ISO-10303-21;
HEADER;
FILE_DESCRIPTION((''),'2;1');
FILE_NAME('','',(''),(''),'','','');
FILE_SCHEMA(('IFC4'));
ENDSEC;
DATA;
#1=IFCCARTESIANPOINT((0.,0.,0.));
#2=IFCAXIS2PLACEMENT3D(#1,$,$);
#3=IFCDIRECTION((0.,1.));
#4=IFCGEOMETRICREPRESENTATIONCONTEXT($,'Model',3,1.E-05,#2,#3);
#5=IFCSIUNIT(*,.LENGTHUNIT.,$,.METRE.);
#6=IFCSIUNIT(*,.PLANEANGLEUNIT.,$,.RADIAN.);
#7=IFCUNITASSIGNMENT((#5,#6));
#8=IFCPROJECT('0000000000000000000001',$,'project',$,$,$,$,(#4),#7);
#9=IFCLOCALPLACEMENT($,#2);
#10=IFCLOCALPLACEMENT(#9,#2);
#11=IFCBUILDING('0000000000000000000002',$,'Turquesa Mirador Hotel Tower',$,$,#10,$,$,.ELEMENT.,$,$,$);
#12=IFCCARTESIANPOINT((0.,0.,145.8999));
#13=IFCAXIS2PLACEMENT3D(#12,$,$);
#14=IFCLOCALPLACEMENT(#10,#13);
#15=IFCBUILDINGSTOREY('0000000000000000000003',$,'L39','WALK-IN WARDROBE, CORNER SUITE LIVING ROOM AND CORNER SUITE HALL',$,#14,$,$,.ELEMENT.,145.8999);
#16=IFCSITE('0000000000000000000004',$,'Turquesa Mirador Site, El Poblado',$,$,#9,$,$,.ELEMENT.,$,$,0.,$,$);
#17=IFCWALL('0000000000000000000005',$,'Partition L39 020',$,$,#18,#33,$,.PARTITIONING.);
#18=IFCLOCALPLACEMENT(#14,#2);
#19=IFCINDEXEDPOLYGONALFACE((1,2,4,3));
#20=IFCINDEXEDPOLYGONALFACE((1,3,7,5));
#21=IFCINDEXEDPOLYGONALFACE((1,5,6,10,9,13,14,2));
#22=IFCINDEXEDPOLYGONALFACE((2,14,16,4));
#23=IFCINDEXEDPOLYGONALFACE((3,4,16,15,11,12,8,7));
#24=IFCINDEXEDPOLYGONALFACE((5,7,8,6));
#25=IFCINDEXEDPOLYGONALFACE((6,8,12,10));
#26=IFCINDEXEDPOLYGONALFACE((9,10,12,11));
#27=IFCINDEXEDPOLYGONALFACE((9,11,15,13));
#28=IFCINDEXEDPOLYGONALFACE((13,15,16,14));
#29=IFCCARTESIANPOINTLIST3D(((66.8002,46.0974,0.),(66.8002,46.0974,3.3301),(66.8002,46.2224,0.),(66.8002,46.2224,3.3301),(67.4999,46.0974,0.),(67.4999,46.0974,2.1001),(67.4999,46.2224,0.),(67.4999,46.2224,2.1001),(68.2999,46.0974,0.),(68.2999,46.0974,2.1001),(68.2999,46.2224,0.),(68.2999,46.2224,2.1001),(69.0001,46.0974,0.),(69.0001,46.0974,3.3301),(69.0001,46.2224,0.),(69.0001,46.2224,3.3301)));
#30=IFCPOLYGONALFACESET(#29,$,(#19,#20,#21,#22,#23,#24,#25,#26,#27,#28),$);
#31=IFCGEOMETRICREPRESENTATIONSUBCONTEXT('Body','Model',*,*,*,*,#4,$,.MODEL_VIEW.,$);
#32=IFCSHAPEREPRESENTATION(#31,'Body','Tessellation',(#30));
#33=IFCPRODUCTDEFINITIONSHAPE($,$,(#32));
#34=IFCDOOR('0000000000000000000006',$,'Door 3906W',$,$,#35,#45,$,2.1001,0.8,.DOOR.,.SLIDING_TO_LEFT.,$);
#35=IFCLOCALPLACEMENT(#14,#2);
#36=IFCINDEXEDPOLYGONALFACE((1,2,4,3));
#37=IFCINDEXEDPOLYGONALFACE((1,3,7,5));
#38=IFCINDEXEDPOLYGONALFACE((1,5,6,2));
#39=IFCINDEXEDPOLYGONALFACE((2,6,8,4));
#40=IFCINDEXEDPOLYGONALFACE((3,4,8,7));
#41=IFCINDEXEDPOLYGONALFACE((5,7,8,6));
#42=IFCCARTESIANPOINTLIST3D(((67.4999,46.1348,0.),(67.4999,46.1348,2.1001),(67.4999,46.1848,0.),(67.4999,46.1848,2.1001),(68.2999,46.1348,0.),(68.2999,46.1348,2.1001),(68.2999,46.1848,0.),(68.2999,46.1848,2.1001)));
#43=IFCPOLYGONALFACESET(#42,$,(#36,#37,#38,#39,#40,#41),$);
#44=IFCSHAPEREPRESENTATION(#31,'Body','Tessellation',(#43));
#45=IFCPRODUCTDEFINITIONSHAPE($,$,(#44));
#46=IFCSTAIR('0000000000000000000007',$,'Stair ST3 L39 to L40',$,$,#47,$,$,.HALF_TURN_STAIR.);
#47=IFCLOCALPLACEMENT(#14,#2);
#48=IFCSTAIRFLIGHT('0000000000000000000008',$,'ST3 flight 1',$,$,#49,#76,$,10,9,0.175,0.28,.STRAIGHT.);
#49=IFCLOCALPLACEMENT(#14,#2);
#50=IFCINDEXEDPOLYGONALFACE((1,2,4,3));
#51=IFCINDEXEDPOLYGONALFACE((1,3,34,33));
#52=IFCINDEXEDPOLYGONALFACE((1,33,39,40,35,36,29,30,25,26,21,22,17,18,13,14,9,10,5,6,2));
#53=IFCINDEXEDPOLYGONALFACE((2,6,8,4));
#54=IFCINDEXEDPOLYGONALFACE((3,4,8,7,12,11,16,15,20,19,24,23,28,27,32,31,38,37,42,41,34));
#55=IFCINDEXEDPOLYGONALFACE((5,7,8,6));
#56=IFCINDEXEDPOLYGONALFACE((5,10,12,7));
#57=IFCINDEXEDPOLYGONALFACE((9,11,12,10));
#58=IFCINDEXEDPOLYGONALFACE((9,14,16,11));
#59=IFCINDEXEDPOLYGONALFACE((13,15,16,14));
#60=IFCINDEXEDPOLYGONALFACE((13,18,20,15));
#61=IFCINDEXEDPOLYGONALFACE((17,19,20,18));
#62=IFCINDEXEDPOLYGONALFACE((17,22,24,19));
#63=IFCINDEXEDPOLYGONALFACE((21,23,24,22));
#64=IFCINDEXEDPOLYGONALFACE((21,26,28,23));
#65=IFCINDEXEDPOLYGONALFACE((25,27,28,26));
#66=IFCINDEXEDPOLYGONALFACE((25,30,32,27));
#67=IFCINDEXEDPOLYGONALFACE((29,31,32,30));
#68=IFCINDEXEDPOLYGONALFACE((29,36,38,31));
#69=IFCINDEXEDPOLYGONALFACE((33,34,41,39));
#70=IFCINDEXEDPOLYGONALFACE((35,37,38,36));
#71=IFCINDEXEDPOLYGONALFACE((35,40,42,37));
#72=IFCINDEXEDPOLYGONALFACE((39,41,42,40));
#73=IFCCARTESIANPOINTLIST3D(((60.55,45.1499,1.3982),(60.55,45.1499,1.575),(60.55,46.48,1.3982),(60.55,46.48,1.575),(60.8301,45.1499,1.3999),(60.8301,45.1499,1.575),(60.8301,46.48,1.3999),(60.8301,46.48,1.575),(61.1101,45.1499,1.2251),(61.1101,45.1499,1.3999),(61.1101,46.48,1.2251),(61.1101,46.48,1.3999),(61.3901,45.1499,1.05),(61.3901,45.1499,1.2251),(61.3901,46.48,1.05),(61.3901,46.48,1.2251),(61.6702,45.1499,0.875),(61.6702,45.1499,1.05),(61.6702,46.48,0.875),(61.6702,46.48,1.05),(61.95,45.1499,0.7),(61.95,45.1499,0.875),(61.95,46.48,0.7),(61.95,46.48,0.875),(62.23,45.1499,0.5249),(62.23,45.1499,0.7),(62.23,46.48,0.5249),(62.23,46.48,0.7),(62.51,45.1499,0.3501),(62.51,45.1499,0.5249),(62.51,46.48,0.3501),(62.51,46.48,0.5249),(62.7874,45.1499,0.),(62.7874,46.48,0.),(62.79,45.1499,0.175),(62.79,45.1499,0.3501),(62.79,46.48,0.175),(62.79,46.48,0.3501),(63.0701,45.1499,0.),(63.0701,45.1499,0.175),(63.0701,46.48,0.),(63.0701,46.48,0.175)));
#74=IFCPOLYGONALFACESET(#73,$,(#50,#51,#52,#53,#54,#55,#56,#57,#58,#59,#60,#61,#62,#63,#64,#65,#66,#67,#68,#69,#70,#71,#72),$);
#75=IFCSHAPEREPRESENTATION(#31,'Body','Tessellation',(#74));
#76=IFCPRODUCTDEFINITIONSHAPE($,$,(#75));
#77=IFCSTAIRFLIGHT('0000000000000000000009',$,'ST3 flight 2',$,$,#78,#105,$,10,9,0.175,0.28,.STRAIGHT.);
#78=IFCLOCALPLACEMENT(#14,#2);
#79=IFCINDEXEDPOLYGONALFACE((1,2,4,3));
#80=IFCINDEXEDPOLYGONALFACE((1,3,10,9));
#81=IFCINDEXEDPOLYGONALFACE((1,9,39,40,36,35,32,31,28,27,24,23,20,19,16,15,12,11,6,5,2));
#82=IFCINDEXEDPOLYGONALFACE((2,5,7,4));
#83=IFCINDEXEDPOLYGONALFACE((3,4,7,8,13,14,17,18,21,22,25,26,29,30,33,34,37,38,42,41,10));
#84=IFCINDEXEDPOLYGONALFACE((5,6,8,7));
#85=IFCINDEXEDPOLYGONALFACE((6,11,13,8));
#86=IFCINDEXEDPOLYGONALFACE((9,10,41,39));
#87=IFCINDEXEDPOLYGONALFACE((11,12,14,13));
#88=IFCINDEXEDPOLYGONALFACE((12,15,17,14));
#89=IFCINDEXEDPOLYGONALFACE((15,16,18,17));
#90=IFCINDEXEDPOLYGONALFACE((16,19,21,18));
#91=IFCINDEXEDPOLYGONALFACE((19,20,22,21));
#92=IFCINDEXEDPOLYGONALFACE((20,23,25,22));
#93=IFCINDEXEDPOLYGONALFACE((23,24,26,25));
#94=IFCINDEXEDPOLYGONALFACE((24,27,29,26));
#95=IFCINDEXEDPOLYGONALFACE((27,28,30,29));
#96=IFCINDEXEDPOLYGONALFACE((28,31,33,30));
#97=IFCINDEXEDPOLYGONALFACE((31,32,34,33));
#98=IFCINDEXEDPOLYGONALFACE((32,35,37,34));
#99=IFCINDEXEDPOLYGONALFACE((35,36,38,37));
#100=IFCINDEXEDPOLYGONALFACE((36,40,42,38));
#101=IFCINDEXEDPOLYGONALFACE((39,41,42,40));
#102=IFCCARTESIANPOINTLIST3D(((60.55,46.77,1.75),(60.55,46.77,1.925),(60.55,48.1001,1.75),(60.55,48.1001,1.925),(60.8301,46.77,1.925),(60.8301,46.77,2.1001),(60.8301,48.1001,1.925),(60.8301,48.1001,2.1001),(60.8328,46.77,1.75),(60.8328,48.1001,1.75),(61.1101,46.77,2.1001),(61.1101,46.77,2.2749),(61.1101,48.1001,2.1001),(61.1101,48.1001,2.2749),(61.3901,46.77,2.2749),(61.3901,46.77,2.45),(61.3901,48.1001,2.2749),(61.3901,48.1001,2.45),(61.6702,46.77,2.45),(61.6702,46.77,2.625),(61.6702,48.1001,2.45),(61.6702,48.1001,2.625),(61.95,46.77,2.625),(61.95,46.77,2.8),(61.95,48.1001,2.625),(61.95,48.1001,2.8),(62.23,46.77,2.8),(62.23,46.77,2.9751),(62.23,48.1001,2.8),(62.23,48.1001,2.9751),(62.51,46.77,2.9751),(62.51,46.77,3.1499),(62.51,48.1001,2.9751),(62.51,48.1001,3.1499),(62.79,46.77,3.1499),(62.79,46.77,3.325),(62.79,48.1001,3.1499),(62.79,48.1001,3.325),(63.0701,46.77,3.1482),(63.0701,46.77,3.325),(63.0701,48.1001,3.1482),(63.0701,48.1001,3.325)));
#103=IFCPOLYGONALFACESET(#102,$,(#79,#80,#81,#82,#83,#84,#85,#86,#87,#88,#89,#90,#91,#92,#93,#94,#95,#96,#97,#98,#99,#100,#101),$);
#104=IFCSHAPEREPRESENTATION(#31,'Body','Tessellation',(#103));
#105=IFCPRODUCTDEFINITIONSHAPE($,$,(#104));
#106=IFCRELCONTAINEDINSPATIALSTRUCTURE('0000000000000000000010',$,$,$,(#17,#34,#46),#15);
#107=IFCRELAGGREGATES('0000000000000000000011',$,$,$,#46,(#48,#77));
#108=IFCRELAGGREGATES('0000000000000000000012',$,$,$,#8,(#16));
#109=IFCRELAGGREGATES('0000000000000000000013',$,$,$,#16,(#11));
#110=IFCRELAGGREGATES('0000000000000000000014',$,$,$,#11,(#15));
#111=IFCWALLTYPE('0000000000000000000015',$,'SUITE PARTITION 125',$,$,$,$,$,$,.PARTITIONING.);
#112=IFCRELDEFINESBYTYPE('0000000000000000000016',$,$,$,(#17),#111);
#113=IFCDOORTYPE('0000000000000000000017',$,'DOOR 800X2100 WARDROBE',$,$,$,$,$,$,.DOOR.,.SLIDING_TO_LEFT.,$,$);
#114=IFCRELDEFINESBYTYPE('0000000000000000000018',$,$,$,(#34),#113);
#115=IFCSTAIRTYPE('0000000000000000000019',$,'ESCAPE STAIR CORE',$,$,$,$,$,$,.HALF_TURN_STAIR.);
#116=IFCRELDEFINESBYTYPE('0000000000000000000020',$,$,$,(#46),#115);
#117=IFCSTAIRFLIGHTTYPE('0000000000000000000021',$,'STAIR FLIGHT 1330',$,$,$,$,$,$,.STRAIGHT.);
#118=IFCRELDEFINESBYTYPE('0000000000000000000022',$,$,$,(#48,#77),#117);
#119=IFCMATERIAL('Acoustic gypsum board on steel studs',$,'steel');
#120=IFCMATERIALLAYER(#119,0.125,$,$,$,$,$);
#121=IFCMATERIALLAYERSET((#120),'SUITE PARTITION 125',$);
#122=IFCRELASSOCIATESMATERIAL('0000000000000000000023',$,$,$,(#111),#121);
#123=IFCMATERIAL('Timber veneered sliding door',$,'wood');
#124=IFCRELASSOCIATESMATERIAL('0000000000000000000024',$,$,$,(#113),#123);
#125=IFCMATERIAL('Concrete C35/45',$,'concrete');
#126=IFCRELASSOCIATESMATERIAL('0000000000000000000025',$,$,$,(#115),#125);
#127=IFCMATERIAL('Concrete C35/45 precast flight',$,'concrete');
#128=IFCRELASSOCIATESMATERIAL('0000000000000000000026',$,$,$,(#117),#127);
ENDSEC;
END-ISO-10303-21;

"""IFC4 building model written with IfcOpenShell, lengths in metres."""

from ifc_helpers import new_model, si_unit, direction, frame, frame_2d, origin, place, context, subcontext, project, spatial, polyline, rectangle, outline, extrude, material, layer, layer_set, type_object, element, fill, aggregate, save


model = new_model("IFC4")

# Units and contexts
model_context = context("Model", 3, precision=1e-05, world=origin(), true_north=direction((0.0, 1.0)))
body_context = subcontext(model_context, "Body", "Model", "MODEL_VIEW")
ifc_project = project(units=[si_unit("LENGTHUNIT", "METRE"), si_unit("PLANEANGLEUNIT", "RADIAN")], contexts=[model_context])

# Site, building, storey
site_placement = place(None, origin())
site = spatial("IfcSite", under=ifc_project, at=site_placement, Name="Turquesa Mirador Site, El Poblado", CompositionType="ELEMENT", RefElevation=0.0)
building_placement = place(site_placement, origin())
building = spatial("IfcBuilding", under=site, at=building_placement, Name="Turquesa Mirador Hotel Tower", CompositionType="ELEMENT")
storey_placement = place(building_placement, frame((0.0, 0.0, 145.8999)))
storey = spatial("IfcBuildingStorey", under=building, at=storey_placement, Name="L39", Description="WALK-IN WARDROBE, CORNER SUITE LIVING ROOM AND CORNER SUITE HALL", CompositionType="ELEMENT", Elevation=145.8999)

# Wall, opening, door
ifc_material_1 = material(Name="Acoustic gypsum board on steel studs", Category="steel")
ifc_layer_1 = layer(ifc_material_1, 0.125)
ifc_layer_set_1 = layer_set([ifc_layer_1], Name="SUITE PARTITION 125")
wall_type_1 = type_object("IfcWallType", Name="SUITE PARTITION 125", PredefinedType="PARTITIONING", material=ifc_layer_set_1)
wall_1_placement = place(storey_placement, frame((66.8, 46.1599, 0.0), z_axis=(0.0, 0.0, 1.0), x_axis=(1.0, 0.0, 0.0)))
wall_1 = element("IfcWall", 1, at=wall_1_placement, inside=storey, type_object=wall_type_1, Name="Partition L39 020", PredefinedType="PARTITIONING", context=body_context, shape_type="SweptSolid", body=[
    extrude(rectangle(XDim=2.2, YDim=0.125, at=frame_2d((1.1001, 0.0))), origin(), (0.0, 0.0, 1.0), 3.3301),
])
opening_1_placement = place(wall_1_placement, frame((0.7, 0.0, 0.0)))
opening_1 = element("IfcOpeningElement", 2, at=opening_1_placement, cuts=wall_1, PredefinedType="OPENING", context=body_context, shape_type="SweptSolid", body=[
    extrude(rectangle(XDim=0.8, YDim=2.1001, at=frame_2d((0.3999, 1.05))), frame((0.0, 0.0725, 0.0), z_axis=(0.0, -1.0, 0.0), x_axis=(1.0, 0.0, 0.0)), (0.0, 0.0, 1.0), 0.145),
])
ifc_material_2 = material(Name="Timber veneered sliding door", Category="wood")
door_type_1 = type_object("IfcDoorType", Name="DOOR 800X2100 WARDROBE", OperationType="SLIDING_TO_LEFT", PredefinedType="DOOR", material=ifc_material_2)
door_1_placement = place(opening_1_placement, origin())
door_1 = element("IfcDoor", 3, at=door_1_placement, inside=storey, type_object=door_type_1, Name="Door 3906W", OperationType="SLIDING_TO_LEFT", OverallHeight=2.1001, OverallWidth=0.8, PredefinedType="DOOR", context=body_context, shape_type="SweptSolid", body=[
    extrude(rectangle(XDim=0.8, YDim=2.1001, at=frame_2d((0.3999, 1.05))), frame((0.0, 0.0249, 0.0), z_axis=(0.0, -1.0, 0.0), x_axis=(1.0, 0.0, 0.0)), (0.0, 0.0, 1.0), 0.05),
])
fill(opening_1, door_1)

# Stair, stair flights
ifc_material_3 = material(Name="Concrete C35/45", Category="concrete")
stair_type = type_object("IfcStairType", Name="ESCAPE STAIR CORE", PredefinedType="HALF_TURN_STAIR", material=ifc_material_3)
stair_placement = place(storey_placement, origin())
stair = element("IfcStair", 4, at=stair_placement, inside=storey, type_object=stair_type, Name="Stair ST3 L39 to L40", PredefinedType="HALF_TURN_STAIR")
ifc_material_4 = material(Name="Concrete C35/45 precast flight", Category="concrete")
stair_flight_type = type_object("IfcStairFlightType", Name="STAIR FLIGHT 1330", PredefinedType="STRAIGHT", material=ifc_material_4)
stair_flight_1_placement = place(storey_placement, frame((63.0701, 45.8149, 0.0), z_axis=(0.0, 0.0, 1.0), x_axis=(-1.0, 0.0, 0.0)))
stair_flight_1 = element("IfcStairFlight", 5, at=stair_flight_1_placement, type_object=stair_flight_type, Name="ST3 flight 1", NumberOfRisers=10, NumberOfTreads=9, PredefinedType="STRAIGHT", RiserHeight=0.175, TreadLength=0.28, context=body_context, shape_type="SweptSolid", body=[
    extrude(outline(polyline([(0.0, 0.0), (0.0, 0.175), (0.28, 0.175), (0.28, 0.3501), (0.5601, 0.3501), (0.5601, 0.5249), (0.8401, 0.5249), (0.8401, 0.7), (1.1201, 0.7), (1.1201, 0.875), (1.3999, 0.875), (1.3999, 1.05), (1.6799, 1.05), (1.6799, 1.2251), (1.96, 1.2251), (1.96, 1.3999), (2.24, 1.3999), (2.24, 1.575), (2.52, 1.575), (2.52, 1.75), (2.52, 1.3982), (0.2827, 0.0), (0.0, 0.0)])), frame((0.0, 0.665, 0.0), z_axis=(0.0, -1.0, 0.0), x_axis=(1.0, 0.0, 0.0)), (0.0, 0.0, 1.0), 1.3301),
])
stair_flight_2_placement = place(storey_placement, frame((60.55, 47.4351, 1.75), z_axis=(0.0, 0.0, 1.0), x_axis=(1.0, 0.0, 0.0)))
stair_flight_2 = element("IfcStairFlight", 6, at=stair_flight_2_placement, type_object=stair_flight_type, Name="ST3 flight 2", NumberOfRisers=10, NumberOfTreads=9, PredefinedType="STRAIGHT", RiserHeight=0.175, TreadLength=0.28, context=body_context, shape_type="SweptSolid", body=[
    extrude(outline(polyline([(0.0, 0.0), (0.0, 0.175), (0.28, 0.175), (0.28, 0.3501), (0.5601, 0.3501), (0.5601, 0.5249), (0.8401, 0.5249), (0.8401, 0.7), (1.1201, 0.7), (1.1201, 0.875), (1.3999, 0.875), (1.3999, 1.05), (1.6799, 1.05), (1.6799, 1.2251), (1.96, 1.2251), (1.96, 1.3999), (2.24, 1.3999), (2.24, 1.575), (2.52, 1.575), (2.52, 1.75), (2.52, 1.3982), (0.2827, 0.0), (0.0, 0.0)])), frame((0.0, 0.665, 0.0), z_axis=(0.0, -1.0, 0.0), x_axis=(1.0, 0.0, 0.0)), (0.0, 0.0, 1.0), 1.3301),
])
aggregate(stair, [stair_flight_1, stair_flight_2])

save(model, "model.ifc")
